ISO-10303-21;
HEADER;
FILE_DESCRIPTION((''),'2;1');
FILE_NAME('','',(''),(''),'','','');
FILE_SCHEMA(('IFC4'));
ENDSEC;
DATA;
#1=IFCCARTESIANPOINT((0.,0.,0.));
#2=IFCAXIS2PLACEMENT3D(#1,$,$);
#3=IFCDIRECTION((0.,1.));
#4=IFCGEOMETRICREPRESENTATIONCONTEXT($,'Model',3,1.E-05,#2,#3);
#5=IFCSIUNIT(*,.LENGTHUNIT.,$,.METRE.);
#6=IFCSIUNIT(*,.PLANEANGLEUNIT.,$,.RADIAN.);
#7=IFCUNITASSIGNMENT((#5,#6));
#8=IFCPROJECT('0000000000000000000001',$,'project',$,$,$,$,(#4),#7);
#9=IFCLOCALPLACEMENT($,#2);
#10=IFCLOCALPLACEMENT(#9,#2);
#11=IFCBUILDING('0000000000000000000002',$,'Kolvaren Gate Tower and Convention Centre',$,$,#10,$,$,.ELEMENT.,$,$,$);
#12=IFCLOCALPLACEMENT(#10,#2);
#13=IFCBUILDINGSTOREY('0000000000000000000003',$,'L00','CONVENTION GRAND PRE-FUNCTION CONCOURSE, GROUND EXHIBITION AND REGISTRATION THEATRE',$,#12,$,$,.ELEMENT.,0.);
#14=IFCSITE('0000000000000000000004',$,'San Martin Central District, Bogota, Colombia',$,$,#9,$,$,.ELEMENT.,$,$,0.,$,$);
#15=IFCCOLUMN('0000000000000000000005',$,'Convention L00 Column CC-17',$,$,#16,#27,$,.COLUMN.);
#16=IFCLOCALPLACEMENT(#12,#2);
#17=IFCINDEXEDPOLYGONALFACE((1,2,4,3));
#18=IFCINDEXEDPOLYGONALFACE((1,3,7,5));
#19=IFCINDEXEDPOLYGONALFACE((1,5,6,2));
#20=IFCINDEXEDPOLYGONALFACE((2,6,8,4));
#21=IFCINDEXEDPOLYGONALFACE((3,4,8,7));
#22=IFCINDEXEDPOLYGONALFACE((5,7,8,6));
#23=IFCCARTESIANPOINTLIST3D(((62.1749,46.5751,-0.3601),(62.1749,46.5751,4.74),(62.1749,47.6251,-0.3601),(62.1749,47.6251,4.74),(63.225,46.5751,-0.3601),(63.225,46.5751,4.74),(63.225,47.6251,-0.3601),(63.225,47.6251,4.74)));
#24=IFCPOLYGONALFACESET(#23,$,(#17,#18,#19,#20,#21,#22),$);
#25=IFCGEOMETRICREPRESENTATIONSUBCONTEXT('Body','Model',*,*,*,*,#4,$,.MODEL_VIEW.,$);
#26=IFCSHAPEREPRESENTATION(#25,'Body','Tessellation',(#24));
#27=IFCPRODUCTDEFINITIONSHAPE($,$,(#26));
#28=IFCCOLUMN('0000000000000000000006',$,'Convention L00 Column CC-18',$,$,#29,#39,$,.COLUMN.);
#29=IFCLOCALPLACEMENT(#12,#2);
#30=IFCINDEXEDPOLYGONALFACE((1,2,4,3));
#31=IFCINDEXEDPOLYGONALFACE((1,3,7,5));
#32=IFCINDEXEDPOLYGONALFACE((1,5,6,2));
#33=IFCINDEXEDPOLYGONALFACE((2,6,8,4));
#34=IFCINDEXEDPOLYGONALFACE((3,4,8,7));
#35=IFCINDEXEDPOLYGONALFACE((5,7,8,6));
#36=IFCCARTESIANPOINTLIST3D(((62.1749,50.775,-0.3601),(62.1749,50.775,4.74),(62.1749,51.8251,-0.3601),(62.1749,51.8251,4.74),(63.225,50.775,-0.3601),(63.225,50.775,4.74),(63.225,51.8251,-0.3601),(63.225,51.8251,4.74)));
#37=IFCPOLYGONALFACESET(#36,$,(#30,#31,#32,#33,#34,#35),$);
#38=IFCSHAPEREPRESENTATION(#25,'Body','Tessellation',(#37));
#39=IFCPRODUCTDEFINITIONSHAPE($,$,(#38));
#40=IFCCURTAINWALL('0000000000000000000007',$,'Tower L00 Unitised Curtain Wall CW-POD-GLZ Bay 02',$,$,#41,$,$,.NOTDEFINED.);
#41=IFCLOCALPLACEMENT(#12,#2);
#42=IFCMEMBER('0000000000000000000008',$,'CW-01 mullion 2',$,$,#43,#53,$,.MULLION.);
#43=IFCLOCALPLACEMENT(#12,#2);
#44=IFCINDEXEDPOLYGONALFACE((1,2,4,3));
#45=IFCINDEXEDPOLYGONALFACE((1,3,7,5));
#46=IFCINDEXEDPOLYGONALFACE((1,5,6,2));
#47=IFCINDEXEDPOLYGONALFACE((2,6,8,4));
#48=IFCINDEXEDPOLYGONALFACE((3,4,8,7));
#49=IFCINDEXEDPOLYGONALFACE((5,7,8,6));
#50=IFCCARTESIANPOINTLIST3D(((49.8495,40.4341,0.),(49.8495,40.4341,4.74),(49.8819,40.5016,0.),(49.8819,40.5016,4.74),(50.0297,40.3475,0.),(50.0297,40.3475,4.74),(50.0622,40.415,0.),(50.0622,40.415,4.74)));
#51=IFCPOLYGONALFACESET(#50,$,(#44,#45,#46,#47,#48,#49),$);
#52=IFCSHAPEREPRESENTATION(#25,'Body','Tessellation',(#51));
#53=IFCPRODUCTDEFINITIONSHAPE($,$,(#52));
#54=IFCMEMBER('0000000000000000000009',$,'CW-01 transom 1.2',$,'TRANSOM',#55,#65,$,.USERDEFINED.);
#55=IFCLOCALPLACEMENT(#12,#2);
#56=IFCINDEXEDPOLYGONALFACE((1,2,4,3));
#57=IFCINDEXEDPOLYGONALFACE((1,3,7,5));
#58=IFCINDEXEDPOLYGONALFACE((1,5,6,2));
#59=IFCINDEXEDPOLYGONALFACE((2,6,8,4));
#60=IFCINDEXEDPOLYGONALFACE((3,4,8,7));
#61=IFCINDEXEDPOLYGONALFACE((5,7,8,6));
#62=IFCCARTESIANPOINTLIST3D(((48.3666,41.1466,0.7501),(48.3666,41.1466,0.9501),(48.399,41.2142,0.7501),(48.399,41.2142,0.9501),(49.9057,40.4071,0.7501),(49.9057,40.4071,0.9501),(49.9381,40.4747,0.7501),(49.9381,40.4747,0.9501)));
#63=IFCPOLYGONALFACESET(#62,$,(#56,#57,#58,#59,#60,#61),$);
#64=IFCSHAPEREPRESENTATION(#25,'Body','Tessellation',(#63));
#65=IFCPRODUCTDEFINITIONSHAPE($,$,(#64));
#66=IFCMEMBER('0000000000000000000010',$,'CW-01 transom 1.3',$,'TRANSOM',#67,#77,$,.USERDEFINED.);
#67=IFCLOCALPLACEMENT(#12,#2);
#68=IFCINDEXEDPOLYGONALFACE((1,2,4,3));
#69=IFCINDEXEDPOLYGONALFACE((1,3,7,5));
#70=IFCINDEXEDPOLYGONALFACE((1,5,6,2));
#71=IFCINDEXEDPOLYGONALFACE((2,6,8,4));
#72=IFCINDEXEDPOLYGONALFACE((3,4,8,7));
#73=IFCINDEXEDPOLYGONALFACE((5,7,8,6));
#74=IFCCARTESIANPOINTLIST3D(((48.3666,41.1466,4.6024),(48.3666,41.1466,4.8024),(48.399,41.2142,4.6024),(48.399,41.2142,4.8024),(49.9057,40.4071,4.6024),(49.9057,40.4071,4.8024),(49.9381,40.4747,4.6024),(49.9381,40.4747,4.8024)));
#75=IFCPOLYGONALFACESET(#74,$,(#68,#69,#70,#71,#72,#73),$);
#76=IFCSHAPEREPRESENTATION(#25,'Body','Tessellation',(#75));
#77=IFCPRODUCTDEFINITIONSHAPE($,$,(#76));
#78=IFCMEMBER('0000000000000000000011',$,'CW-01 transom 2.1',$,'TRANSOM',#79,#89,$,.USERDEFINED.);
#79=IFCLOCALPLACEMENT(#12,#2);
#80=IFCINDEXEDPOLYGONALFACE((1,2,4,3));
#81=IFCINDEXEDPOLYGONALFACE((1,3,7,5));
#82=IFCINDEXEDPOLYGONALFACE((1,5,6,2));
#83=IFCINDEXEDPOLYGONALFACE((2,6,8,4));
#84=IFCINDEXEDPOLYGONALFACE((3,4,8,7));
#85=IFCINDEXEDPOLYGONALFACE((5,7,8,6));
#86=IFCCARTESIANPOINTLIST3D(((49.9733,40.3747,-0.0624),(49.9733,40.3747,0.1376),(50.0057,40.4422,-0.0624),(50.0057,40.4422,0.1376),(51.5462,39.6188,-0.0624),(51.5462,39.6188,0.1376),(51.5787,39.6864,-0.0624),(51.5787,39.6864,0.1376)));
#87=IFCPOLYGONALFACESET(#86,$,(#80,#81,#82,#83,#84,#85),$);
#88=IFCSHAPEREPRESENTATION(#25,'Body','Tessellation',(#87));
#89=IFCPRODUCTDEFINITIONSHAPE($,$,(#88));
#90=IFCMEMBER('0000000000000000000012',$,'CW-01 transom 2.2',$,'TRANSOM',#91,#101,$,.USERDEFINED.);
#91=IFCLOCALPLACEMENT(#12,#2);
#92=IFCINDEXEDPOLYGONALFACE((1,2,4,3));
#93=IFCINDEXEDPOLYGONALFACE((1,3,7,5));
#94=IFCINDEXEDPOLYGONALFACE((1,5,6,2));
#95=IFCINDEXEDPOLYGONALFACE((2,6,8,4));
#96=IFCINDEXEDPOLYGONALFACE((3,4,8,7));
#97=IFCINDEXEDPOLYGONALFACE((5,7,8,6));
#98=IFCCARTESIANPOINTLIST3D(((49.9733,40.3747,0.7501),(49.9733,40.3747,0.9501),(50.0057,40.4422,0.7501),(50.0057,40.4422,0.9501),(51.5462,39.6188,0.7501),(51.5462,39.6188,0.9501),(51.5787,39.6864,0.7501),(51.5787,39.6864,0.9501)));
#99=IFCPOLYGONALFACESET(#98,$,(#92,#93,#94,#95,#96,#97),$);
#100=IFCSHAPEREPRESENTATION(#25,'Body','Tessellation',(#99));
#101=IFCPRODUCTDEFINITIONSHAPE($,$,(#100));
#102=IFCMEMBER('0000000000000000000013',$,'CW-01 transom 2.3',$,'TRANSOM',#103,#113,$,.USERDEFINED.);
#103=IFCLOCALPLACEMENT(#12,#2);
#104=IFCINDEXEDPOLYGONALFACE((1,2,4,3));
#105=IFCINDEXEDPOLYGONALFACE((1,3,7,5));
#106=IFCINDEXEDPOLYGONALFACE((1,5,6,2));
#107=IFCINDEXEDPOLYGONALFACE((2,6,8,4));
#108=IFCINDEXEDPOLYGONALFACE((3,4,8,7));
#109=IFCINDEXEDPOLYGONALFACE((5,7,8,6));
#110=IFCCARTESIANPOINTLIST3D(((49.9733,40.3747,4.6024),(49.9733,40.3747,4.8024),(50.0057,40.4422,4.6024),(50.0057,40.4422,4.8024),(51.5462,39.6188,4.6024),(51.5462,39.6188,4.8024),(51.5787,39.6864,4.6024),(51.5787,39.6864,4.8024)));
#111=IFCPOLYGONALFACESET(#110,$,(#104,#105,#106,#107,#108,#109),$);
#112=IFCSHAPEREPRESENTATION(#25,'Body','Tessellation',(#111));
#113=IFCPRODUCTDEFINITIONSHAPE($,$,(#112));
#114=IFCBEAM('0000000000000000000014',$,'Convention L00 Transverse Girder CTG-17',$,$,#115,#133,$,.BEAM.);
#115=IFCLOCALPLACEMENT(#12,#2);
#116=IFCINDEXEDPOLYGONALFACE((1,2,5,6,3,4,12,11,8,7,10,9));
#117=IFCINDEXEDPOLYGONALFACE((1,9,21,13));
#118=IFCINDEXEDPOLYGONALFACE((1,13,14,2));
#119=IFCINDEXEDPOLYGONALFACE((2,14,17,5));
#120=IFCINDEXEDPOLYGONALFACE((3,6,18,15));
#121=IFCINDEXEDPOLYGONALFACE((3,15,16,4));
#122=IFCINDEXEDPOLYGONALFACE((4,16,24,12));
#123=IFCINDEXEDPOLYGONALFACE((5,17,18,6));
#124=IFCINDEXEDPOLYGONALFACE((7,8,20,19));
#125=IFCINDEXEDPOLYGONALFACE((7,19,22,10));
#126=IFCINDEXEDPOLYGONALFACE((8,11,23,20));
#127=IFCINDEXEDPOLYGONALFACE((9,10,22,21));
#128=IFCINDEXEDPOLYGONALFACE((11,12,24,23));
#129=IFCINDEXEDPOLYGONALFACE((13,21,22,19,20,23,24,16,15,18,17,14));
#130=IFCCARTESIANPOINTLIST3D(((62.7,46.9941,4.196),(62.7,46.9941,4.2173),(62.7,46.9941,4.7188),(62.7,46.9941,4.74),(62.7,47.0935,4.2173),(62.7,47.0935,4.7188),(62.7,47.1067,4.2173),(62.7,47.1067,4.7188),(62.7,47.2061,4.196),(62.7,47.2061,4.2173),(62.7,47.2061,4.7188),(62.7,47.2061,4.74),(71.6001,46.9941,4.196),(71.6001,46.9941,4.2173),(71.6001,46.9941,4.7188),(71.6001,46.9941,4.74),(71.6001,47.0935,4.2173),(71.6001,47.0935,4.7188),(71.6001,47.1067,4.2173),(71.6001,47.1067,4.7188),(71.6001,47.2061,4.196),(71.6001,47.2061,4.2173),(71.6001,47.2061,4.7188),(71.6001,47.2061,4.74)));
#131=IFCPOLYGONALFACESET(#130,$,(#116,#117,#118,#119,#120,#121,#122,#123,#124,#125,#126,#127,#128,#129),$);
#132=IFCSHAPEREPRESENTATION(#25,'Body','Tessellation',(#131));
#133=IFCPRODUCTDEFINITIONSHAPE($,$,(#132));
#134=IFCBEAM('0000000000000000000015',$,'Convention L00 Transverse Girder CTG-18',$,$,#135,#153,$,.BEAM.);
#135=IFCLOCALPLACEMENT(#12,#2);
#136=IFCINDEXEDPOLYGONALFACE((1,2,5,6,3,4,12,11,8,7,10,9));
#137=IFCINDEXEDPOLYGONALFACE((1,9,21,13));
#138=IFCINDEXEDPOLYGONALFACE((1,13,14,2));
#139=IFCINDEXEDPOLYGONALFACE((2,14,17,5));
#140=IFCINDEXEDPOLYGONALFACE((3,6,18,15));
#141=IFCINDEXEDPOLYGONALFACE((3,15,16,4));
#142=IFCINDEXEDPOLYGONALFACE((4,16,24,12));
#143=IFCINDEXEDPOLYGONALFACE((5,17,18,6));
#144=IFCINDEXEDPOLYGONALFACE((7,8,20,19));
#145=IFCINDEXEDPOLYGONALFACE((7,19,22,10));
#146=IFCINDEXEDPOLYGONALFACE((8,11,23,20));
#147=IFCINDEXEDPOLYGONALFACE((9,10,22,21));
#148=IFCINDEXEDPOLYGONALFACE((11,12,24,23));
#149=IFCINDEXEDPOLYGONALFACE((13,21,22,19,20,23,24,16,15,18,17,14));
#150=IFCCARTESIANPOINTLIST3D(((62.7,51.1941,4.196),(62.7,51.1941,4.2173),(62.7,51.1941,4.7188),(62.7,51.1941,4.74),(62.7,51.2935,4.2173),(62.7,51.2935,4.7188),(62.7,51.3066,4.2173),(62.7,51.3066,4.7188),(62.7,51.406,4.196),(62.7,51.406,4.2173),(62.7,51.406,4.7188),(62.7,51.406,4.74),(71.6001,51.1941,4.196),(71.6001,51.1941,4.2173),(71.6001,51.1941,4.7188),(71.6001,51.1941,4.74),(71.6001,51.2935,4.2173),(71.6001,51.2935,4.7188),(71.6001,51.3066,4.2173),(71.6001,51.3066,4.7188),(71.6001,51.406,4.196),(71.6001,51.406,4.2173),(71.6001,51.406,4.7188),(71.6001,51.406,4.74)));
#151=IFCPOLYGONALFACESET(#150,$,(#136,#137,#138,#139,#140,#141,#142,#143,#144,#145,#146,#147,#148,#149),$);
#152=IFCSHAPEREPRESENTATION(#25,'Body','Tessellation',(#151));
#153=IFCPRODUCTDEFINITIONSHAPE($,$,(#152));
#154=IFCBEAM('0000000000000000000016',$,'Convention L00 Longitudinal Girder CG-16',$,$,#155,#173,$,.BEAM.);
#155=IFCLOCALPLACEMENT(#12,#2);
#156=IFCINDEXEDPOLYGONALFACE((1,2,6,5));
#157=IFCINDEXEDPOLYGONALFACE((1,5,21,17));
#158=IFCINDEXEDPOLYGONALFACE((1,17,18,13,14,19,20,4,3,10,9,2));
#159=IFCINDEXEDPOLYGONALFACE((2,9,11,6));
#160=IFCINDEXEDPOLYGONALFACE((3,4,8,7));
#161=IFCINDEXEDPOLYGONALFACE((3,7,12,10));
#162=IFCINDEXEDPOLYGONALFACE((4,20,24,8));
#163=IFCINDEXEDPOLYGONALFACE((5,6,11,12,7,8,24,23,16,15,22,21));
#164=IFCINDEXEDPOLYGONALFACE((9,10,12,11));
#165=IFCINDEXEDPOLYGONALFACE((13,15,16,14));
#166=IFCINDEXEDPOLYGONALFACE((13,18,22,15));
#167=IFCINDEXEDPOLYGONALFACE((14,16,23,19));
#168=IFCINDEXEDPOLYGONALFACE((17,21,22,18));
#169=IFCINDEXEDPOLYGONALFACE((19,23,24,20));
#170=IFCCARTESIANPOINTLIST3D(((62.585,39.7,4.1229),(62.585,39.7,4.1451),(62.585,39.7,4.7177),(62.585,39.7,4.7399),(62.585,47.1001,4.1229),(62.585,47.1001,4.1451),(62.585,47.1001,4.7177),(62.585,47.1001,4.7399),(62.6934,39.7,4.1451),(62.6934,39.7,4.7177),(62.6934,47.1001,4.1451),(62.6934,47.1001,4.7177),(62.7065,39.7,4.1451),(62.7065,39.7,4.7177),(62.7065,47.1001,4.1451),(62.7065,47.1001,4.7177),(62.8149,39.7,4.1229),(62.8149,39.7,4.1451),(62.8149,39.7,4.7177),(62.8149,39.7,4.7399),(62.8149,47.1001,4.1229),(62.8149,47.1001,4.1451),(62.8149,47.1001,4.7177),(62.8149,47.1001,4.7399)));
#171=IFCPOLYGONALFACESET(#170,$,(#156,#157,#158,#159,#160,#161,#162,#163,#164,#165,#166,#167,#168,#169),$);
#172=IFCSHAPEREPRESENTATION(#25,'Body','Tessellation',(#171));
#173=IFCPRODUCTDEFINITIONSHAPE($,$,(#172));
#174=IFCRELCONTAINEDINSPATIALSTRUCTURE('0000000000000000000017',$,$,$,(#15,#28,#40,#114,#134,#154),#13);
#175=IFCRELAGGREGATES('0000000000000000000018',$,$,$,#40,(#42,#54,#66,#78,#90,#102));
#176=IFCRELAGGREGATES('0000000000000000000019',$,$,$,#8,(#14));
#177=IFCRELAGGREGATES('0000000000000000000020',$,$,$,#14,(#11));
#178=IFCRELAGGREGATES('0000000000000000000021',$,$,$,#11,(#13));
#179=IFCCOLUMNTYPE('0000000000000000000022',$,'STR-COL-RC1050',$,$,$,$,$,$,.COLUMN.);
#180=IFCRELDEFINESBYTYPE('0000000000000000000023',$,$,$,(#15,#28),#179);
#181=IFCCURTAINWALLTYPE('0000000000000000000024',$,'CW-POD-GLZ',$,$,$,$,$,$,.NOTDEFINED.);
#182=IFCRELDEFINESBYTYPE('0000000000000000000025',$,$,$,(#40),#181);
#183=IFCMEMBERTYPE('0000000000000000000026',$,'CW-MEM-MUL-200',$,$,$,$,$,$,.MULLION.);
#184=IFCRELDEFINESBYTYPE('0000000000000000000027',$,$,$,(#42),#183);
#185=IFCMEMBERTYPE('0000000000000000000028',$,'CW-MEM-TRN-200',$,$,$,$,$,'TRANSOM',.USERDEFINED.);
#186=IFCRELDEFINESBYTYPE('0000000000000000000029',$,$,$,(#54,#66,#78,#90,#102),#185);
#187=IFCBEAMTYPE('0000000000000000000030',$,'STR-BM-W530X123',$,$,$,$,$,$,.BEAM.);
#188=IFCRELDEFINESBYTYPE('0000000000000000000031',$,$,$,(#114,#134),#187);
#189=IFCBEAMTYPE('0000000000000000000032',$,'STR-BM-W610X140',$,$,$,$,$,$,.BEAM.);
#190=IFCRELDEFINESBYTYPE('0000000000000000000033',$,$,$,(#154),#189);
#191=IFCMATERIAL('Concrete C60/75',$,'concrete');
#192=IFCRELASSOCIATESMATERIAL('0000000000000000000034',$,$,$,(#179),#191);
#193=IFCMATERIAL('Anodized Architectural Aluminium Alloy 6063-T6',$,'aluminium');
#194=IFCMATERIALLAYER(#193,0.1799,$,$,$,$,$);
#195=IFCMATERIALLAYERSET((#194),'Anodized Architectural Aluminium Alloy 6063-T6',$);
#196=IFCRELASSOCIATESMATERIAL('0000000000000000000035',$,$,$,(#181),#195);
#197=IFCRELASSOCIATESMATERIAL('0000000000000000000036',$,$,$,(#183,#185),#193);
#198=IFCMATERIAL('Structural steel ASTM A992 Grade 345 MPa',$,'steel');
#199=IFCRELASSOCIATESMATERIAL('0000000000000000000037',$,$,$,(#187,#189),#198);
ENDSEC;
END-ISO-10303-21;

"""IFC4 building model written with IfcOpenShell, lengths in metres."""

from ifc_helpers import new_model, si_unit, direction, frame, origin, origin_2d, place, context, subcontext, project, spatial, rectangle, i_section, extrude, material, layer, layer_set, material_profile, profile_set, type_object, element, aggregate, save


model = new_model("IFC4")

# Units and contexts
model_context = context("Model", 3, precision=1e-05, world=origin(), true_north=direction((0.0, 1.0)))
body_context = subcontext(model_context, "Body", "Model", "MODEL_VIEW")
ifc_project = project(units=[si_unit("LENGTHUNIT", "METRE"), si_unit("PLANEANGLEUNIT", "RADIAN")], contexts=[model_context])

# Site, building, storey
site_placement = place(None, origin())
site = spatial("IfcSite", under=ifc_project, at=site_placement, Name="San Martin Central District, Bogota, Colombia", CompositionType="ELEMENT", RefElevation=0.0)
building_placement = place(site_placement, origin())
building = spatial("IfcBuilding", under=site, at=building_placement, Name="Kolvaren Gate Tower and Convention Centre", CompositionType="ELEMENT")
storey_placement = place(building_placement, origin())
storey = spatial("IfcBuildingStorey", under=building, at=storey_placement, Name="L00", Description="CONVENTION GRAND PRE-FUNCTION CONCOURSE, GROUND EXHIBITION AND REGISTRATION THEATRE", CompositionType="ELEMENT", Elevation=0.0)

# Columns
ifc_material_1 = material(Name="Concrete C60/75", Category="concrete")
ifc_material_profile_1 = material_profile(ifc_material_1, rectangle(XDim=1.05, YDim=1.05, at=origin_2d()), Name="RC-COL-1050X1050")
ifc_profile_set_1 = profile_set([ifc_material_profile_1], Name="Concrete C60/75")
column_type = type_object("IfcColumnType", Name="STR-COL-RC1050", PredefinedType="COLUMN", material=ifc_profile_set_1)
for number, where, z_axis, x_axis, name in (
    (1, (62.7, 47.1001, -0.3601), (0.0, 0.0, 1.0), (1.0, 0.0, 0.0), "Convention L00 Column CC-17"),
    (2, (62.7, 51.3, -0.3601), (0.0, 0.0, 1.0), (1.0, 0.0, 0.0), "Convention L00 Column CC-18"),
):
    element("IfcColumn", number, at=place(storey_placement, frame(where, z_axis=z_axis, x_axis=x_axis)), inside=storey, type_object=column_type, Name=name, PredefinedType="COLUMN", context=body_context, shape_type="SweptSolid", body=[
        extrude(rectangle(XDim=1.05, YDim=1.05, at=origin_2d()), origin(), (0.0, 0.0, 1.0), 5.1001),
    ])

# Curtain wall, members
ifc_material_2 = material(Name="Anodized Architectural Aluminium Alloy 6063-T6", Category="aluminium")
ifc_layer_1 = layer(ifc_material_2, 0.1799)
ifc_layer_set_1 = layer_set([ifc_layer_1], Name="Anodized Architectural Aluminium Alloy 6063-T6")
curtain_wall_type = type_object("IfcCurtainWallType", Name="CW-POD-GLZ", PredefinedType="NOTDEFINED", material=ifc_layer_set_1)
curtain_wall_placement = place(storey_placement, origin())
curtain_wall = element("IfcCurtainWall", 3, at=curtain_wall_placement, inside=storey, type_object=curtain_wall_type, Name="Tower L00 Unitised Curtain Wall CW-POD-GLZ Bay 02", PredefinedType="NOTDEFINED")
ifc_material_profile_2 = material_profile(ifc_material_2, rectangle(XDim=0.075, YDim=0.2, at=origin_2d()), Name="CW-MEM-MUL-200")
ifc_profile_set_2 = profile_set([ifc_material_profile_2], Name="Anodized Architectural Aluminium Alloy 6063-T6")
member_type_1 = type_object("IfcMemberType", Name="CW-MEM-MUL-200", PredefinedType="MULLION", material=ifc_profile_set_2)
member_1_placement = place(storey_placement, frame((49.9558, 40.4246, 0.0), z_axis=(0.0, 0.0, 1.0), x_axis=(0.433063, 0.901364, 0.0)))
member_1 = element("IfcMember", 4, at=member_1_placement, type_object=member_type_1, Name="CW-01 mullion 2", PredefinedType="MULLION", context=body_context, shape_type="SweptSolid", body=[
    extrude(rectangle(XDim=0.075, YDim=0.2, at=origin_2d()), origin(), (0.0, 0.0, 1.0), 4.74),
])
ifc_material_profile_3 = material_profile(ifc_material_2, rectangle(XDim=0.075, YDim=0.2, at=origin_2d()), Name="CW-MEM-TRN-200")
ifc_profile_set_3 = profile_set([ifc_material_profile_3], Name="Anodized Architectural Aluminium Alloy 6063-T6")
member_type_2 = type_object("IfcMemberType", Name="CW-MEM-TRN-200", ElementType="TRANSOM", PredefinedType="USERDEFINED", material=ifc_profile_set_3)
member_2_placement = place(storey_placement, frame((48.3828, 41.1804, 0.8501), z_axis=(0.901351, -0.433089, 0.0), x_axis=(0.433089, 0.901351, 0.0)))
member_2 = element("IfcMember", 5, at=member_2_placement, type_object=member_type_2, Name="CW-01 transom 1.2", ObjectType="TRANSOM", PredefinedType="USERDEFINED", context=body_context, shape_type="SweptSolid", body=[
    extrude(rectangle(XDim=0.075, YDim=0.2, at=origin_2d()), origin(), (0.0, 0.0, 1.0), 1.7075),
])
member_3_placement = place(storey_placement, frame((48.3828, 41.1804, 4.7024), z_axis=(0.901351, -0.433089, 0.0), x_axis=(0.433089, 0.901351, 0.0)))
member_3 = element("IfcMember", 6, at=member_3_placement, type_object=member_type_2, Name="CW-01 transom 1.3", ObjectType="TRANSOM", PredefinedType="USERDEFINED", context=body_context, shape_type="SweptSolid", body=[
    extrude(rectangle(XDim=0.075, YDim=0.2, at=origin_2d()), origin(), (0.0, 0.0, 1.0), 1.7075),
])
member_4_placement = place(storey_placement, frame((49.9895, 40.4084, 0.0376), z_axis=(0.90134, -0.433113, 0.0), x_axis=(0.433113, 0.90134, 0.0)))
member_4 = element("IfcMember", 7, at=member_4_placement, type_object=member_type_2, Name="CW-01 transom 2.1", ObjectType="TRANSOM", PredefinedType="USERDEFINED", context=body_context, shape_type="SweptSolid", body=[
    extrude(rectangle(XDim=0.075, YDim=0.2, at=origin_2d()), origin(), (0.0, 0.0, 1.0), 1.7451),
])
member_5_placement = place(storey_placement, frame((49.9895, 40.4084, 0.8501), z_axis=(0.90134, -0.433113, 0.0), x_axis=(0.433113, 0.90134, 0.0)))
member_5 = element("IfcMember", 8, at=member_5_placement, type_object=member_type_2, Name="CW-01 transom 2.2", ObjectType="TRANSOM", PredefinedType="USERDEFINED", context=body_context, shape_type="SweptSolid", body=[
    extrude(rectangle(XDim=0.075, YDim=0.2, at=origin_2d()), origin(), (0.0, 0.0, 1.0), 1.7451),
])
member_6_placement = place(storey_placement, frame((49.9895, 40.4084, 4.7024), z_axis=(0.90134, -0.433113, 0.0), x_axis=(0.433113, 0.90134, 0.0)))
member_6 = element("IfcMember", 9, at=member_6_placement, type_object=member_type_2, Name="CW-01 transom 2.3", ObjectType="TRANSOM", PredefinedType="USERDEFINED", context=body_context, shape_type="SweptSolid", body=[
    extrude(rectangle(XDim=0.075, YDim=0.2, at=origin_2d()), origin(), (0.0, 0.0, 1.0), 1.7451),
])

# Beams
ifc_material_3 = material(Name="Structural steel ASTM A992 Grade 345 MPa", Category="steel")
ifc_material_profile_4 = material_profile(ifc_material_3, i_section(OverallWidth=0.2119, OverallDepth=0.5439, WebThickness=0.0132, FlangeThickness=0.0212, at=origin_2d()), Name="W530X123")
ifc_profile_set_4 = profile_set([ifc_material_profile_4], Name="Structural steel ASTM A992 Grade 345 MPa")
beam_type_1 = type_object("IfcBeamType", Name="STR-BM-W530X123", PredefinedType="BEAM", material=ifc_profile_set_4)
for number, where, z_axis, x_axis, name in (
    (10, (62.7, 47.1001, 4.468), (1.0, 0.0, 0.0), (0.0, 1.0, 0.0), "Convention L00 Transverse Girder CTG-17"),
    (11, (62.7, 51.3, 4.468), (1.0, 0.0, 0.0), (0.0, 1.0, 0.0), "Convention L00 Transverse Girder CTG-18"),
):
    element("IfcBeam", number, at=place(storey_placement, frame(where, z_axis=z_axis, x_axis=x_axis)), inside=storey, type_object=beam_type_1, Name=name, PredefinedType="BEAM", context=body_context, shape_type="SweptSolid", body=[
        extrude(i_section(OverallWidth=0.2119, OverallDepth=0.5439, WebThickness=0.0132, FlangeThickness=0.0212, at=origin_2d()), origin(), (0.0, 0.0, 1.0), 8.9001),
    ])
ifc_material_profile_5 = material_profile(ifc_material_3, i_section(OverallWidth=0.23, OverallDepth=0.6169, WebThickness=0.0132, FlangeThickness=0.0222, at=origin_2d()), Name="W610X140")
ifc_profile_set_5 = profile_set([ifc_material_profile_5], Name="Structural steel ASTM A992 Grade 345 MPa")
beam_type_2 = type_object("IfcBeamType", Name="STR-BM-W610X140", PredefinedType="BEAM", material=ifc_profile_set_5)
beam_1_placement = place(storey_placement, frame((62.7, 39.7, 4.4314), z_axis=(0.0, 1.0, 0.0), x_axis=(-1.0, 0.0, 0.0)))
element("IfcBeam", 12, at=beam_1_placement, inside=storey, type_object=beam_type_2, Name="Convention L00 Longitudinal Girder CG-16", PredefinedType="BEAM", context=body_context, shape_type="SweptSolid", body=[
    extrude(i_section(OverallWidth=0.23, OverallDepth=0.6169, WebThickness=0.0132, FlangeThickness=0.0222, at=origin_2d()), origin(), (0.0, 0.0, 1.0), 7.4001),
])

aggregate(curtain_wall, [member_1, member_2, member_3, member_4, member_5, member_6])

save(model, "model.ifc")
